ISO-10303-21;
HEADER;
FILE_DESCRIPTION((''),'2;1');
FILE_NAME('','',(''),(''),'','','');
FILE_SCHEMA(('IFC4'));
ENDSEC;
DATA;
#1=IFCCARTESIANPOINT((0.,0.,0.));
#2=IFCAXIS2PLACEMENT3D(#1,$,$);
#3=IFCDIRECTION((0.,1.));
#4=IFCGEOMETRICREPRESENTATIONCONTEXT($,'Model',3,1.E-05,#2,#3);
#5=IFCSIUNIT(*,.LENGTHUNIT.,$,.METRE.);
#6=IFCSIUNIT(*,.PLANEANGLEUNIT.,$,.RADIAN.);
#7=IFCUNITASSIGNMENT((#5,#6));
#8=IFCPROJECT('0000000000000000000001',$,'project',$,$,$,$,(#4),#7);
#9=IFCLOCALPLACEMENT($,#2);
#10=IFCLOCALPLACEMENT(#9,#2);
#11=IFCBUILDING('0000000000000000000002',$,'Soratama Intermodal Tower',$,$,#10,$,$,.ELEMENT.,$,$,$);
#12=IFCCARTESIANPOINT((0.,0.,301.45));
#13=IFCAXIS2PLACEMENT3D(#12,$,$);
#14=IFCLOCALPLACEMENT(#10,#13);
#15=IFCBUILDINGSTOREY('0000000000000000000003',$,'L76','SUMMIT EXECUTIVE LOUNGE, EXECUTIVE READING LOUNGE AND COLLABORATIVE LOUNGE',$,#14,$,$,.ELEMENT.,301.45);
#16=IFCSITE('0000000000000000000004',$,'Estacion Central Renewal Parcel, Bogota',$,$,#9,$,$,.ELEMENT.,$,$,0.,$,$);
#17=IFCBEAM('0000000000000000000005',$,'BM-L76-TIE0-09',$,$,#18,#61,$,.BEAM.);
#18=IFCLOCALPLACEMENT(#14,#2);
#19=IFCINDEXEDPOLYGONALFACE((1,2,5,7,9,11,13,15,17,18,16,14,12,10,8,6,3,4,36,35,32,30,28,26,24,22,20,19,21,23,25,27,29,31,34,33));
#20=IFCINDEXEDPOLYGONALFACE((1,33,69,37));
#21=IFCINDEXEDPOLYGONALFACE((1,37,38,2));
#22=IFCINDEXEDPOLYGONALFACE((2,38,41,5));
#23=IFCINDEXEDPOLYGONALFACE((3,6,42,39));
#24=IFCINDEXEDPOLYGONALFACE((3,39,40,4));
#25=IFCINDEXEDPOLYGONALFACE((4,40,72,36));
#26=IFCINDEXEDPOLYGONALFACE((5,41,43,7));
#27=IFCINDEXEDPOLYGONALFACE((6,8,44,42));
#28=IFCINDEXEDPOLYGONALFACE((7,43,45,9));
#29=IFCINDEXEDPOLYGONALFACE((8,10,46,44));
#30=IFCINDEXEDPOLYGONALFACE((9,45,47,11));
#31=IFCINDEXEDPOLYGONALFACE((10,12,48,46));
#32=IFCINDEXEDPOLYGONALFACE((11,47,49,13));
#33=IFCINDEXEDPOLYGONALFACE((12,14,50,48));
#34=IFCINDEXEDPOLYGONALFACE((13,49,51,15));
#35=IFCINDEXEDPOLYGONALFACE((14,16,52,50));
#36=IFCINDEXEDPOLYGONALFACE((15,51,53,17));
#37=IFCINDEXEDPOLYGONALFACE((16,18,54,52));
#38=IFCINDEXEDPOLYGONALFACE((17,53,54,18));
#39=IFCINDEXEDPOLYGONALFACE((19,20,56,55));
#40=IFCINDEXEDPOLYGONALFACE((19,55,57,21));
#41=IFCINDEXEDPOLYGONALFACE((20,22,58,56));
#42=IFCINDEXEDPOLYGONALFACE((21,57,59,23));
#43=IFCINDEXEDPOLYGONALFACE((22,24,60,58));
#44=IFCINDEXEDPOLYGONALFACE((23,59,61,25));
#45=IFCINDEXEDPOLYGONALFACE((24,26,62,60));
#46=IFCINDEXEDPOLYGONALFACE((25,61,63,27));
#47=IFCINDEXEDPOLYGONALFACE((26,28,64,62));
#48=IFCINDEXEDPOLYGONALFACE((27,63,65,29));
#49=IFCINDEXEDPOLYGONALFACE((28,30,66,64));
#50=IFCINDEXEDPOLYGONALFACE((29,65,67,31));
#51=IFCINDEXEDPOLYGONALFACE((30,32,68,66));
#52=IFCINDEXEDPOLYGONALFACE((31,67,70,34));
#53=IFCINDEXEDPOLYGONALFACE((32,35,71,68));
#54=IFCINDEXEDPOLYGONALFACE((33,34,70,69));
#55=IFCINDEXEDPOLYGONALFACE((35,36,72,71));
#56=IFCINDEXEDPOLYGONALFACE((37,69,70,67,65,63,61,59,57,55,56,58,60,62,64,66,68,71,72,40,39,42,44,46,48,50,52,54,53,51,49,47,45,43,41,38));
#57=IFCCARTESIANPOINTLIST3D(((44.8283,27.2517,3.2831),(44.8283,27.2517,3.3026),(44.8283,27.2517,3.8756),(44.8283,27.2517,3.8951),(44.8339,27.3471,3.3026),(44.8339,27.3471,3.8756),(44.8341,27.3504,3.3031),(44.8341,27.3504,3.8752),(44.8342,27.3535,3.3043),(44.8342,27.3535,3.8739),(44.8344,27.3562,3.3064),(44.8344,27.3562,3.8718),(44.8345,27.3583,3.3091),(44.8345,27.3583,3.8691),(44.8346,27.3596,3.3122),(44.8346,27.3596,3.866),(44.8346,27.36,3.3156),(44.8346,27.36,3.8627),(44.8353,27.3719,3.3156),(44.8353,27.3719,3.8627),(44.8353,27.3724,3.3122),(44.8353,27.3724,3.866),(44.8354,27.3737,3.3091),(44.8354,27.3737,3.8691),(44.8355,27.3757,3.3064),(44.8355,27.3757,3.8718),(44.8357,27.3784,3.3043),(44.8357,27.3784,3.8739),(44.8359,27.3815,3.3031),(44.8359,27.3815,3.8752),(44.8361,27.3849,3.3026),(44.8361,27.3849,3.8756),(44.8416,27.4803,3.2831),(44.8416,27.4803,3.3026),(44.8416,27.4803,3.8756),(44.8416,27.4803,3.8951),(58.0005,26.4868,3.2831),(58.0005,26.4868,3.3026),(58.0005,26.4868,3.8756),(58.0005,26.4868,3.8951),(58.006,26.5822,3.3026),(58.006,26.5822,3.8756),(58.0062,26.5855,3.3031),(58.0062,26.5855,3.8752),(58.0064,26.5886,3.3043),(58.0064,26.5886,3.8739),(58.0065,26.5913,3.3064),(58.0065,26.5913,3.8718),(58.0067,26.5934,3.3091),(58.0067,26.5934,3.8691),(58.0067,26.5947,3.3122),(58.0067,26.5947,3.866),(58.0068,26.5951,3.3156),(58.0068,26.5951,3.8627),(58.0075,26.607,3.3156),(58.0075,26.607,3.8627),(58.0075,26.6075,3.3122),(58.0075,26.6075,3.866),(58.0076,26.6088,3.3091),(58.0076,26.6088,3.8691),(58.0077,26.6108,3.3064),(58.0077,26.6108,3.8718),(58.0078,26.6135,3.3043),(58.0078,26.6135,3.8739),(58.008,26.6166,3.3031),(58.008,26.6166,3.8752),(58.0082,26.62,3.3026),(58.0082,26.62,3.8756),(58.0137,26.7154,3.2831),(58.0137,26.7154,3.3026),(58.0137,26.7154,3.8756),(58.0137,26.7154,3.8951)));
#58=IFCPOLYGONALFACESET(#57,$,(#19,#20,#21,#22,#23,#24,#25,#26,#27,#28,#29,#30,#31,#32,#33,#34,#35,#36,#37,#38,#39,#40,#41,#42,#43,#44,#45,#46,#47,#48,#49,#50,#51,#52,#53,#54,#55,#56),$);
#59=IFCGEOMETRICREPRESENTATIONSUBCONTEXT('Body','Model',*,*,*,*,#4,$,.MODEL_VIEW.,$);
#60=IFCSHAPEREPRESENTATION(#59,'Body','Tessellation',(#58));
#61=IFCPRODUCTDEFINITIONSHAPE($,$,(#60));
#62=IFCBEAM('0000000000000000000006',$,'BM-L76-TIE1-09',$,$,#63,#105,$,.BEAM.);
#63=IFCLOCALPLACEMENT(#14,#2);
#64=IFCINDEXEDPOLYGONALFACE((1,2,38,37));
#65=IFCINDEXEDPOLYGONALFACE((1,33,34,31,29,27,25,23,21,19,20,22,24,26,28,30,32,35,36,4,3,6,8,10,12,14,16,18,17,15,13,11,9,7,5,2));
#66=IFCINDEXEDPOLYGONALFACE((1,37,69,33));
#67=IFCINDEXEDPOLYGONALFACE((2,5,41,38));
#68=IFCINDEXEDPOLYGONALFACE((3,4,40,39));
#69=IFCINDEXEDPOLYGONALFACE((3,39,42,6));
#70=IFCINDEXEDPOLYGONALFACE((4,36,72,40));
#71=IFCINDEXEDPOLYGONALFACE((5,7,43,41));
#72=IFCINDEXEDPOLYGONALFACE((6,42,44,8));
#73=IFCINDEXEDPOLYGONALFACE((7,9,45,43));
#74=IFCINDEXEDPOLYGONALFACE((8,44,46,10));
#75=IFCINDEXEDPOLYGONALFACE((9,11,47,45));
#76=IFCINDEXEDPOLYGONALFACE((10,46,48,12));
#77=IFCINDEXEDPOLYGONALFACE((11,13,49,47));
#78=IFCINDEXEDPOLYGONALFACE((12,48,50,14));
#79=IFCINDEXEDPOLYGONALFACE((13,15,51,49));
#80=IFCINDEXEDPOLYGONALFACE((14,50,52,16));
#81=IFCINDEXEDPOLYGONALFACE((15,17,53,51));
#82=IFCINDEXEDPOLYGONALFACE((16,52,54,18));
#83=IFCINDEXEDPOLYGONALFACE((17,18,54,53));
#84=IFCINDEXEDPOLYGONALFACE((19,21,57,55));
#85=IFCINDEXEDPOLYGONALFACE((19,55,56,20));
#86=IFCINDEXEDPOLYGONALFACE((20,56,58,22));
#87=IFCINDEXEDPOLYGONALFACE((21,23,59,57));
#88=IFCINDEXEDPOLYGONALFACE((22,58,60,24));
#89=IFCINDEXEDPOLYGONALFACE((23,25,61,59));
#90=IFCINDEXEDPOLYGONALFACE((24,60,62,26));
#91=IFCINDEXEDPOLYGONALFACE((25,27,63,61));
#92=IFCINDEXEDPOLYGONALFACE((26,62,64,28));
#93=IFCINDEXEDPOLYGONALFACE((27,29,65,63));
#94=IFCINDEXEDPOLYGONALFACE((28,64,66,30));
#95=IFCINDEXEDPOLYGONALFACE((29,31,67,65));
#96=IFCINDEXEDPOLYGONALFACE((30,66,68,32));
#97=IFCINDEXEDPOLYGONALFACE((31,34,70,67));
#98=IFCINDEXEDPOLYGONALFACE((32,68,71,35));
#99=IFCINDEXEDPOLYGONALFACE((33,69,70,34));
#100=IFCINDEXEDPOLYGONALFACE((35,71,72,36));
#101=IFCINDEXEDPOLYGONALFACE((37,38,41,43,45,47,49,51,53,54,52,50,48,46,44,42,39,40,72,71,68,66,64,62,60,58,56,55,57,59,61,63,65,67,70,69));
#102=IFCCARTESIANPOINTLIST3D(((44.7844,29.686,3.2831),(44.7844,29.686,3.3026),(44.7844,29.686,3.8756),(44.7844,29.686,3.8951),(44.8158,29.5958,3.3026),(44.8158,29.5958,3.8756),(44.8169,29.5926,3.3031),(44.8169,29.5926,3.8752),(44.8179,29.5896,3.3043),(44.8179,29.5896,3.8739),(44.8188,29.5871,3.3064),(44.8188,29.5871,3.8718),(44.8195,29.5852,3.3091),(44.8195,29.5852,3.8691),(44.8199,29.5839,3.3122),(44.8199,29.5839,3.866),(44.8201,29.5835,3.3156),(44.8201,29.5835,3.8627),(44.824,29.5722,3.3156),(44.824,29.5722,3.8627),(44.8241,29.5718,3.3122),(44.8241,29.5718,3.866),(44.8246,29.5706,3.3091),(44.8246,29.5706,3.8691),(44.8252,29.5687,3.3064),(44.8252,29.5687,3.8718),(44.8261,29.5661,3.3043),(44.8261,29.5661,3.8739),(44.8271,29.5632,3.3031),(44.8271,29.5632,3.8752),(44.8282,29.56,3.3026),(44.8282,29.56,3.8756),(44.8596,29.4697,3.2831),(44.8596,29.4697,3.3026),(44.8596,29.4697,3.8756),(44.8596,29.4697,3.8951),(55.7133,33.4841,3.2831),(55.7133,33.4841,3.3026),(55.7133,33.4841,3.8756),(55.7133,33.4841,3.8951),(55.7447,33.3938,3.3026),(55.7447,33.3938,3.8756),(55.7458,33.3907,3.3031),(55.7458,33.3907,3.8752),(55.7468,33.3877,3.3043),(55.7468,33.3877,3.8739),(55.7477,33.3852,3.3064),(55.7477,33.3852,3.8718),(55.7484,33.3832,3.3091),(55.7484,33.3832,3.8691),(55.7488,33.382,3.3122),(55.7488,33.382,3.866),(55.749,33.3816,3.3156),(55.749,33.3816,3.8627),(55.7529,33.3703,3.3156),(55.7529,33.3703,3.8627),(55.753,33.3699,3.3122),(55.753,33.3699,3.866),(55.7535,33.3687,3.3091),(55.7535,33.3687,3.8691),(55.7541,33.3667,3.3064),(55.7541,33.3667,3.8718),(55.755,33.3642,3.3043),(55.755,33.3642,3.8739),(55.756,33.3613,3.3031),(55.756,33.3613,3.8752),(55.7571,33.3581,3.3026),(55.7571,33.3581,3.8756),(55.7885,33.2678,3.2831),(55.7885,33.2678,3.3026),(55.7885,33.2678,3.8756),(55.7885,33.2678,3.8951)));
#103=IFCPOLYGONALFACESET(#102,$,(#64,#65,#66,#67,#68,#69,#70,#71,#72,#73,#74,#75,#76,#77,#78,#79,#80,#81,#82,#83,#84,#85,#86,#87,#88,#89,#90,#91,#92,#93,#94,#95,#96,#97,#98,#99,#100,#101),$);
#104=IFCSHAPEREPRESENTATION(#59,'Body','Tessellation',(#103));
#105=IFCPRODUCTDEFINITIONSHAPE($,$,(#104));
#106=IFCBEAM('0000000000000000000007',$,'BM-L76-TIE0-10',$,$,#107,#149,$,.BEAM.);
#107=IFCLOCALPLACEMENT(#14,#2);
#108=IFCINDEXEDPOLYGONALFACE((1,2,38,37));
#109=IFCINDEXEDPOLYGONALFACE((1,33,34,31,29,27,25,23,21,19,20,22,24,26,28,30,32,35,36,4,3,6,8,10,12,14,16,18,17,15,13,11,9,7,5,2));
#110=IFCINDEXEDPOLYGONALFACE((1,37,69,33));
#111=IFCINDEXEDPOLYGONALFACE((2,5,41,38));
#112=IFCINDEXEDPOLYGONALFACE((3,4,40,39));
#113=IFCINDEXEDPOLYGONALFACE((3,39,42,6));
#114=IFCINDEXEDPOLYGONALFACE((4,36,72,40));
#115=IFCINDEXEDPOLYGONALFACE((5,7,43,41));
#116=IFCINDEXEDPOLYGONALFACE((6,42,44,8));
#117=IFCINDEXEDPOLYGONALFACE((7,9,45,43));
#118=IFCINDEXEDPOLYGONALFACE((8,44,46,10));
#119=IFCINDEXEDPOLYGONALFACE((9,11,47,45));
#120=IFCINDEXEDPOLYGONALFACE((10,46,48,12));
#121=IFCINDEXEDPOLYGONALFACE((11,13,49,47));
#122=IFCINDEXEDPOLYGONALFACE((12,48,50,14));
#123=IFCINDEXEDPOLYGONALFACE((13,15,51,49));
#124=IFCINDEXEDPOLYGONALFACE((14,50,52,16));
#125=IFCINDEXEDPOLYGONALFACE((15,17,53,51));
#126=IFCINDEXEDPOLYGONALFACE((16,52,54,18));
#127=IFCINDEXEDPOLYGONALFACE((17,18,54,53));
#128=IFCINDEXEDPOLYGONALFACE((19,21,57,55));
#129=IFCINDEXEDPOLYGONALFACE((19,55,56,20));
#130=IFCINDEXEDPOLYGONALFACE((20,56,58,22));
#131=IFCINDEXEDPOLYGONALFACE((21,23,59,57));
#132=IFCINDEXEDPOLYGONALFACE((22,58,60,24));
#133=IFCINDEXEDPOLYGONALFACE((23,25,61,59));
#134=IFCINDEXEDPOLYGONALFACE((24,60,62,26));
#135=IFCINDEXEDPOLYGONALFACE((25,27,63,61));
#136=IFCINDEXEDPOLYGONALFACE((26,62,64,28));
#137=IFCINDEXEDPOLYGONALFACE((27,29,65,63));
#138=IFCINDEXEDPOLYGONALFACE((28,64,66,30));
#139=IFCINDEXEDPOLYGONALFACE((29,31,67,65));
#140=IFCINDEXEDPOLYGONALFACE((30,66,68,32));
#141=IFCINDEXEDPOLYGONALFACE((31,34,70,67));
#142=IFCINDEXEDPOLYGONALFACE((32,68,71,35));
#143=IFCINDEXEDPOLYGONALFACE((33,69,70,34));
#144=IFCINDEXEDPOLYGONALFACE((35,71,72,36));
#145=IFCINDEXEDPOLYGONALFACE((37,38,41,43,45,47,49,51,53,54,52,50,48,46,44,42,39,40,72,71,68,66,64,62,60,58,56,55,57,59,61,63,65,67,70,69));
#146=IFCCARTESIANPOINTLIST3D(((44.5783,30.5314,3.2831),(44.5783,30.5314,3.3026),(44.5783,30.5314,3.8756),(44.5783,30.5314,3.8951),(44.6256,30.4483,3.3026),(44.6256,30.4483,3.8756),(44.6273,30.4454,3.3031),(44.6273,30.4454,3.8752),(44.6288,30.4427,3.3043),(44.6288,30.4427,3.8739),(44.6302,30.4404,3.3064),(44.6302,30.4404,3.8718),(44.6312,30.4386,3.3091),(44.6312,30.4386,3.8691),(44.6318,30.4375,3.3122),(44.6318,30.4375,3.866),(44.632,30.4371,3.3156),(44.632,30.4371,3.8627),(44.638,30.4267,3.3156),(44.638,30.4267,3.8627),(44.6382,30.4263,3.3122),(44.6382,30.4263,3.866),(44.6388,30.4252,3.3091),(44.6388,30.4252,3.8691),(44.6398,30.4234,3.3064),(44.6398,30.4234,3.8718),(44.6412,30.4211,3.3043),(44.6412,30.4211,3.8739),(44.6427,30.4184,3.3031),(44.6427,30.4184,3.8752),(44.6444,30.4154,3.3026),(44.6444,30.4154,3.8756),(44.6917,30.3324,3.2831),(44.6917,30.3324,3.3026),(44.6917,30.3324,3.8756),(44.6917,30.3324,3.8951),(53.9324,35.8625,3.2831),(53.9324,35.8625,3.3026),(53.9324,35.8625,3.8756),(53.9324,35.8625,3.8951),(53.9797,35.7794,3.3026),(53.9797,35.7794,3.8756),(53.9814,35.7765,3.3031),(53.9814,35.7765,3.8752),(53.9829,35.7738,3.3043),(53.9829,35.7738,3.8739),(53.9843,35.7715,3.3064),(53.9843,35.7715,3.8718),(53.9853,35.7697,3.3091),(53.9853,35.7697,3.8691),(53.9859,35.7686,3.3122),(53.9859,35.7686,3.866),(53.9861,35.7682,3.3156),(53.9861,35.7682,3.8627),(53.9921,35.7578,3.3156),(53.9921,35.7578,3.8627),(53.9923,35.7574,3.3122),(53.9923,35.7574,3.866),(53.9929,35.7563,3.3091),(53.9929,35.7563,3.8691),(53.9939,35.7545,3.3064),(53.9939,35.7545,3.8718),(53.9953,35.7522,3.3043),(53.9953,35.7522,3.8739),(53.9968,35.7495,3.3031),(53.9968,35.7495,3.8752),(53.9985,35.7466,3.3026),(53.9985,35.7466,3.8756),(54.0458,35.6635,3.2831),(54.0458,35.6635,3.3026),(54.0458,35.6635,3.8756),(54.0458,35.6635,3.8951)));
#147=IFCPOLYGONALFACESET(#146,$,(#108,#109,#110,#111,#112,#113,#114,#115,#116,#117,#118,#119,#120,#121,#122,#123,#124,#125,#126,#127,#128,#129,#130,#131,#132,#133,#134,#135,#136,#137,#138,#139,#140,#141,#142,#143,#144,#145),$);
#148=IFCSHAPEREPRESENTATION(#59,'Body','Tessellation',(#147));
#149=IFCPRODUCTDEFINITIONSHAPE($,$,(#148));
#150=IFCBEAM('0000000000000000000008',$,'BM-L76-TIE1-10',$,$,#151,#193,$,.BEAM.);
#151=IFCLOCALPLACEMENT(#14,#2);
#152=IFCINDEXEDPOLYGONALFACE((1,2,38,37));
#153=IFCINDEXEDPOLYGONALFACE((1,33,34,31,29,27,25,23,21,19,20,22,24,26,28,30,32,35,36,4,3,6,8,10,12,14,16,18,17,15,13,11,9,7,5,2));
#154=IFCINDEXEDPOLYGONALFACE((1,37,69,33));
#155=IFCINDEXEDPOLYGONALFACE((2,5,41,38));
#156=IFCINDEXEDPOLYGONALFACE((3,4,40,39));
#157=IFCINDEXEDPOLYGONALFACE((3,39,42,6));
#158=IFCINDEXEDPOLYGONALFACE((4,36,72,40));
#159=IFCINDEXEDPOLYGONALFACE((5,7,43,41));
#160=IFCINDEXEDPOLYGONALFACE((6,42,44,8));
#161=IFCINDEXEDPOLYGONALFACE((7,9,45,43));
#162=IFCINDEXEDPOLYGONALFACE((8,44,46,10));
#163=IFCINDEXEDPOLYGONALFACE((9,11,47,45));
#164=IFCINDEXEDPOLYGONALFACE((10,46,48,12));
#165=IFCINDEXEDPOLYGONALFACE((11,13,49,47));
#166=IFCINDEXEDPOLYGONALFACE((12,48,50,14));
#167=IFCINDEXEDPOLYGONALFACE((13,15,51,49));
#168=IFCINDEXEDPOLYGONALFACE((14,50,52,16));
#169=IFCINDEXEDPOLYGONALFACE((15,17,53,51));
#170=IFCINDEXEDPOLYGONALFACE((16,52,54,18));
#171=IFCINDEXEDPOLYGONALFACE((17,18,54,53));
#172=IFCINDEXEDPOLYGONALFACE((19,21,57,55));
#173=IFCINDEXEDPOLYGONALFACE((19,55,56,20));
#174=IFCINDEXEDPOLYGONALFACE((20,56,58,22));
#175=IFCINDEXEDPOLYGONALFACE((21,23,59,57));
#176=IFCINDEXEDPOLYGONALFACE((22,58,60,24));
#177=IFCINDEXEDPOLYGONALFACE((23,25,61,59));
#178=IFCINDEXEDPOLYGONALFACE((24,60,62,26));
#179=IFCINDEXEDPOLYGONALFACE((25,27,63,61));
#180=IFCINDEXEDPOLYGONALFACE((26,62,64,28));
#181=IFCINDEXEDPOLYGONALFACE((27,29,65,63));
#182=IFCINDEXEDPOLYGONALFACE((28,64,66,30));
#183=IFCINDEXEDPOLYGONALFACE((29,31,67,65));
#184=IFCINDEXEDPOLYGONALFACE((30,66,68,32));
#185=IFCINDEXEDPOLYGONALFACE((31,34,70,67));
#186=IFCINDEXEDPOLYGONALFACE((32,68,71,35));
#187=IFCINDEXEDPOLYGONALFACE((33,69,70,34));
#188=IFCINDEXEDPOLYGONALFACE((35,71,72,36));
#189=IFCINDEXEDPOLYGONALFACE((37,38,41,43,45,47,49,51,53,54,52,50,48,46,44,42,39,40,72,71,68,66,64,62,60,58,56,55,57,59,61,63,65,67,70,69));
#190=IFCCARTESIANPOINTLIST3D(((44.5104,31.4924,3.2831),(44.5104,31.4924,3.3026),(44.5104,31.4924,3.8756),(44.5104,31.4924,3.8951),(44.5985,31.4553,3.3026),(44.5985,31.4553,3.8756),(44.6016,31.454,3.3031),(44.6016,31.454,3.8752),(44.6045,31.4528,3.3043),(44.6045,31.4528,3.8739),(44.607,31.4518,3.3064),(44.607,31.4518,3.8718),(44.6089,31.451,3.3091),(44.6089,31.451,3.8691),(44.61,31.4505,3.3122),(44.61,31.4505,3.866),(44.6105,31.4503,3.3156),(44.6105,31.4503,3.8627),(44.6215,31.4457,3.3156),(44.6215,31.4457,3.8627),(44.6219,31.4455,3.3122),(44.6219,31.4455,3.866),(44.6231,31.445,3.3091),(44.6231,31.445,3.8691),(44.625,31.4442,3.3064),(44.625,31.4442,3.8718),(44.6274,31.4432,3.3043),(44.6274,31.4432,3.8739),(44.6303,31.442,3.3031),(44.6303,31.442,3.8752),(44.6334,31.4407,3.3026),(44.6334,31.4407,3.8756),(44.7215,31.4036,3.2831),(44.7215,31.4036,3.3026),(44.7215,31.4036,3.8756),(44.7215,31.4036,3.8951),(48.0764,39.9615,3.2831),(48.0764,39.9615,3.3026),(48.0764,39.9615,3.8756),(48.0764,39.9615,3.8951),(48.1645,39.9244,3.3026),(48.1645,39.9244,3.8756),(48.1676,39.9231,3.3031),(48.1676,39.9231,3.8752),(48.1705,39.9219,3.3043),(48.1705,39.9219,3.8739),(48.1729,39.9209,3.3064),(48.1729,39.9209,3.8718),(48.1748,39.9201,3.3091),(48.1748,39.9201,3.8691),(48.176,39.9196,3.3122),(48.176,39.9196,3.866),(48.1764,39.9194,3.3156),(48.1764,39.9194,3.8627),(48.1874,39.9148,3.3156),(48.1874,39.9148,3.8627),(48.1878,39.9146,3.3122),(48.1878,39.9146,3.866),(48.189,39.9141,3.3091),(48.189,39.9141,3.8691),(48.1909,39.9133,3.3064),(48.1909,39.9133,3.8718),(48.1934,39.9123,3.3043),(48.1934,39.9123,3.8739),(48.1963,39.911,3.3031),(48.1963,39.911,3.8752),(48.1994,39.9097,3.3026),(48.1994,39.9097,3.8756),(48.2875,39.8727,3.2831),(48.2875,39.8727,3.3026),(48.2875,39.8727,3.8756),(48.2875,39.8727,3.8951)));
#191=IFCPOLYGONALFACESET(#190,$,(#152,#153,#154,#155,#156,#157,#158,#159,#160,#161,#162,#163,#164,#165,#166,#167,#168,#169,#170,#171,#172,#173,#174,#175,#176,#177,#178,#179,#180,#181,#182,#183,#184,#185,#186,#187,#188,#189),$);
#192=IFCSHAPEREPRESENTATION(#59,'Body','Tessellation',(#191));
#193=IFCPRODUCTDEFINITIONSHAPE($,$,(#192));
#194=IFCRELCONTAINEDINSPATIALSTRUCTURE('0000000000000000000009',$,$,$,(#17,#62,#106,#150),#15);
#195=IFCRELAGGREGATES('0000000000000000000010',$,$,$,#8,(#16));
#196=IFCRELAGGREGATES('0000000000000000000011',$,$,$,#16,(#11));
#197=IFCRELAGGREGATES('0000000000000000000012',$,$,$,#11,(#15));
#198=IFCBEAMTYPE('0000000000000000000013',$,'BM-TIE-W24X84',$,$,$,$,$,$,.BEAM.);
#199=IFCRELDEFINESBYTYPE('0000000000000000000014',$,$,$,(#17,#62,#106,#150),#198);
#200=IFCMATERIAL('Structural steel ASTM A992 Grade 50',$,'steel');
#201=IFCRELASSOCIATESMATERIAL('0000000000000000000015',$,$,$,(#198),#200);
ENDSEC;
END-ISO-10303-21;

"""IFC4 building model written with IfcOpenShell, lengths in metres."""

from ifc_helpers import new_model, si_unit, direction, frame, origin, origin_2d, place, context, subcontext, project, spatial, i_section, extrude, material, material_profile, profile_set, type_object, element, save


model = new_model("IFC4")

# Units and contexts
model_context = context("Model", 3, precision=1e-05, world=origin(), true_north=direction((0.0, 1.0)))
body_context = subcontext(model_context, "Body", "Model", "MODEL_VIEW")
ifc_project = project(units=[si_unit("LENGTHUNIT", "METRE"), si_unit("PLANEANGLEUNIT", "RADIAN")], contexts=[model_context])

# Site, building, storey
site_placement = place(None, origin())
site = spatial("IfcSite", under=ifc_project, at=site_placement, Name="Estacion Central Renewal Parcel, Bogota", CompositionType="ELEMENT", RefElevation=0.0)
building_placement = place(site_placement, origin())
building = spatial("IfcBuilding", under=site, at=building_placement, Name="Soratama Intermodal Tower", CompositionType="ELEMENT")
storey_placement = place(building_placement, frame((0.0, 0.0, 301.45)))
storey = spatial("IfcBuildingStorey", under=building, at=storey_placement, Name="L76", Description="SUMMIT EXECUTIVE LOUNGE, EXECUTIVE READING LOUNGE AND COLLABORATIVE LOUNGE", CompositionType="ELEMENT", Elevation=301.45)

# Beams
ifc_material_1 = material(Name="Structural steel ASTM A992 Grade 50", Category="steel")
ifc_material_profile_1 = material_profile(ifc_material_1, i_section(OverallWidth=0.229, OverallDepth=0.6121, WebThickness=0.012, FlangeThickness=0.0195, FilletRadius=0.0129, at=origin_2d()), Name="W24X84")
ifc_profile_set_1 = profile_set([ifc_material_profile_1], Name="Structural steel ASTM A992 Grade 50")
beam_type_1 = type_object("IfcBeamType", Name="BM-TIE-W24X84", PredefinedType="BEAM", material=ifc_profile_set_1)
beam_1_placement = place(storey_placement, frame((44.835, 27.366, 3.5891), z_axis=(0.998318, -0.057971, 0.0), x_axis=(0.057971, 0.998318, 0.0)))
element("IfcBeam", 1, at=beam_1_placement, inside=storey, type_object=beam_type_1, Name="BM-L76-TIE0-09", PredefinedType="BEAM", context=body_context, shape_type="SweptSolid", body=[
    extrude(i_section(OverallWidth=0.229, OverallDepth=0.6121, WebThickness=0.012, FlangeThickness=0.0195, FilletRadius=0.0129, at=origin_2d()), origin(), (0.0, 0.0, 1.0), 13.1943),
])
beam_2_placement = place(storey_placement, frame((44.822, 29.5779, 3.5891), z_axis=(0.944585, 0.328268, 0.0), x_axis=(-0.328268, 0.944585, 0.0)))
element("IfcBeam", 2, at=beam_2_placement, inside=storey, type_object=beam_type_1, Name="BM-L76-TIE1-09", PredefinedType="BEAM", context=body_context, shape_type="SweptSolid", body=[
    extrude(i_section(OverallWidth=0.229, OverallDepth=0.6121, WebThickness=0.012, FlangeThickness=0.0195, FilletRadius=0.0129, at=origin_2d()), origin(), (0.0, 0.0, 1.0), 11.5701),
])
beam_3_placement = place(storey_placement, frame((44.635, 30.4319, 3.5891), z_axis=(0.868806, 0.495152, 0.0), x_axis=(-0.495152, 0.868806, 0.0)))
element("IfcBeam", 3, at=beam_3_placement, inside=storey, type_object=beam_type_1, Name="BM-L76-TIE0-10", PredefinedType="BEAM", context=body_context, shape_type="SweptSolid", body=[
    extrude(i_section(OverallWidth=0.229, OverallDepth=0.6121, WebThickness=0.012, FlangeThickness=0.0195, FilletRadius=0.0129, at=origin_2d()), origin(), (0.0, 0.0, 1.0), 10.7666),
])
beam_4_placement = place(storey_placement, frame((44.616, 31.448, 3.5891), z_axis=(0.388059, 0.921634, 0.0), x_axis=(-0.921634, 0.388059, 0.0)))
element("IfcBeam", 4, at=beam_4_placement, inside=storey, type_object=beam_type_1, Name="BM-L76-TIE1-10", PredefinedType="BEAM", context=body_context, shape_type="SweptSolid", body=[
    extrude(i_section(OverallWidth=0.229, OverallDepth=0.6121, WebThickness=0.012, FlangeThickness=0.0195, FilletRadius=0.0129, at=origin_2d()), origin(), (0.0, 0.0, 1.0), 9.1892),
])

save(model, "model.ifc")
